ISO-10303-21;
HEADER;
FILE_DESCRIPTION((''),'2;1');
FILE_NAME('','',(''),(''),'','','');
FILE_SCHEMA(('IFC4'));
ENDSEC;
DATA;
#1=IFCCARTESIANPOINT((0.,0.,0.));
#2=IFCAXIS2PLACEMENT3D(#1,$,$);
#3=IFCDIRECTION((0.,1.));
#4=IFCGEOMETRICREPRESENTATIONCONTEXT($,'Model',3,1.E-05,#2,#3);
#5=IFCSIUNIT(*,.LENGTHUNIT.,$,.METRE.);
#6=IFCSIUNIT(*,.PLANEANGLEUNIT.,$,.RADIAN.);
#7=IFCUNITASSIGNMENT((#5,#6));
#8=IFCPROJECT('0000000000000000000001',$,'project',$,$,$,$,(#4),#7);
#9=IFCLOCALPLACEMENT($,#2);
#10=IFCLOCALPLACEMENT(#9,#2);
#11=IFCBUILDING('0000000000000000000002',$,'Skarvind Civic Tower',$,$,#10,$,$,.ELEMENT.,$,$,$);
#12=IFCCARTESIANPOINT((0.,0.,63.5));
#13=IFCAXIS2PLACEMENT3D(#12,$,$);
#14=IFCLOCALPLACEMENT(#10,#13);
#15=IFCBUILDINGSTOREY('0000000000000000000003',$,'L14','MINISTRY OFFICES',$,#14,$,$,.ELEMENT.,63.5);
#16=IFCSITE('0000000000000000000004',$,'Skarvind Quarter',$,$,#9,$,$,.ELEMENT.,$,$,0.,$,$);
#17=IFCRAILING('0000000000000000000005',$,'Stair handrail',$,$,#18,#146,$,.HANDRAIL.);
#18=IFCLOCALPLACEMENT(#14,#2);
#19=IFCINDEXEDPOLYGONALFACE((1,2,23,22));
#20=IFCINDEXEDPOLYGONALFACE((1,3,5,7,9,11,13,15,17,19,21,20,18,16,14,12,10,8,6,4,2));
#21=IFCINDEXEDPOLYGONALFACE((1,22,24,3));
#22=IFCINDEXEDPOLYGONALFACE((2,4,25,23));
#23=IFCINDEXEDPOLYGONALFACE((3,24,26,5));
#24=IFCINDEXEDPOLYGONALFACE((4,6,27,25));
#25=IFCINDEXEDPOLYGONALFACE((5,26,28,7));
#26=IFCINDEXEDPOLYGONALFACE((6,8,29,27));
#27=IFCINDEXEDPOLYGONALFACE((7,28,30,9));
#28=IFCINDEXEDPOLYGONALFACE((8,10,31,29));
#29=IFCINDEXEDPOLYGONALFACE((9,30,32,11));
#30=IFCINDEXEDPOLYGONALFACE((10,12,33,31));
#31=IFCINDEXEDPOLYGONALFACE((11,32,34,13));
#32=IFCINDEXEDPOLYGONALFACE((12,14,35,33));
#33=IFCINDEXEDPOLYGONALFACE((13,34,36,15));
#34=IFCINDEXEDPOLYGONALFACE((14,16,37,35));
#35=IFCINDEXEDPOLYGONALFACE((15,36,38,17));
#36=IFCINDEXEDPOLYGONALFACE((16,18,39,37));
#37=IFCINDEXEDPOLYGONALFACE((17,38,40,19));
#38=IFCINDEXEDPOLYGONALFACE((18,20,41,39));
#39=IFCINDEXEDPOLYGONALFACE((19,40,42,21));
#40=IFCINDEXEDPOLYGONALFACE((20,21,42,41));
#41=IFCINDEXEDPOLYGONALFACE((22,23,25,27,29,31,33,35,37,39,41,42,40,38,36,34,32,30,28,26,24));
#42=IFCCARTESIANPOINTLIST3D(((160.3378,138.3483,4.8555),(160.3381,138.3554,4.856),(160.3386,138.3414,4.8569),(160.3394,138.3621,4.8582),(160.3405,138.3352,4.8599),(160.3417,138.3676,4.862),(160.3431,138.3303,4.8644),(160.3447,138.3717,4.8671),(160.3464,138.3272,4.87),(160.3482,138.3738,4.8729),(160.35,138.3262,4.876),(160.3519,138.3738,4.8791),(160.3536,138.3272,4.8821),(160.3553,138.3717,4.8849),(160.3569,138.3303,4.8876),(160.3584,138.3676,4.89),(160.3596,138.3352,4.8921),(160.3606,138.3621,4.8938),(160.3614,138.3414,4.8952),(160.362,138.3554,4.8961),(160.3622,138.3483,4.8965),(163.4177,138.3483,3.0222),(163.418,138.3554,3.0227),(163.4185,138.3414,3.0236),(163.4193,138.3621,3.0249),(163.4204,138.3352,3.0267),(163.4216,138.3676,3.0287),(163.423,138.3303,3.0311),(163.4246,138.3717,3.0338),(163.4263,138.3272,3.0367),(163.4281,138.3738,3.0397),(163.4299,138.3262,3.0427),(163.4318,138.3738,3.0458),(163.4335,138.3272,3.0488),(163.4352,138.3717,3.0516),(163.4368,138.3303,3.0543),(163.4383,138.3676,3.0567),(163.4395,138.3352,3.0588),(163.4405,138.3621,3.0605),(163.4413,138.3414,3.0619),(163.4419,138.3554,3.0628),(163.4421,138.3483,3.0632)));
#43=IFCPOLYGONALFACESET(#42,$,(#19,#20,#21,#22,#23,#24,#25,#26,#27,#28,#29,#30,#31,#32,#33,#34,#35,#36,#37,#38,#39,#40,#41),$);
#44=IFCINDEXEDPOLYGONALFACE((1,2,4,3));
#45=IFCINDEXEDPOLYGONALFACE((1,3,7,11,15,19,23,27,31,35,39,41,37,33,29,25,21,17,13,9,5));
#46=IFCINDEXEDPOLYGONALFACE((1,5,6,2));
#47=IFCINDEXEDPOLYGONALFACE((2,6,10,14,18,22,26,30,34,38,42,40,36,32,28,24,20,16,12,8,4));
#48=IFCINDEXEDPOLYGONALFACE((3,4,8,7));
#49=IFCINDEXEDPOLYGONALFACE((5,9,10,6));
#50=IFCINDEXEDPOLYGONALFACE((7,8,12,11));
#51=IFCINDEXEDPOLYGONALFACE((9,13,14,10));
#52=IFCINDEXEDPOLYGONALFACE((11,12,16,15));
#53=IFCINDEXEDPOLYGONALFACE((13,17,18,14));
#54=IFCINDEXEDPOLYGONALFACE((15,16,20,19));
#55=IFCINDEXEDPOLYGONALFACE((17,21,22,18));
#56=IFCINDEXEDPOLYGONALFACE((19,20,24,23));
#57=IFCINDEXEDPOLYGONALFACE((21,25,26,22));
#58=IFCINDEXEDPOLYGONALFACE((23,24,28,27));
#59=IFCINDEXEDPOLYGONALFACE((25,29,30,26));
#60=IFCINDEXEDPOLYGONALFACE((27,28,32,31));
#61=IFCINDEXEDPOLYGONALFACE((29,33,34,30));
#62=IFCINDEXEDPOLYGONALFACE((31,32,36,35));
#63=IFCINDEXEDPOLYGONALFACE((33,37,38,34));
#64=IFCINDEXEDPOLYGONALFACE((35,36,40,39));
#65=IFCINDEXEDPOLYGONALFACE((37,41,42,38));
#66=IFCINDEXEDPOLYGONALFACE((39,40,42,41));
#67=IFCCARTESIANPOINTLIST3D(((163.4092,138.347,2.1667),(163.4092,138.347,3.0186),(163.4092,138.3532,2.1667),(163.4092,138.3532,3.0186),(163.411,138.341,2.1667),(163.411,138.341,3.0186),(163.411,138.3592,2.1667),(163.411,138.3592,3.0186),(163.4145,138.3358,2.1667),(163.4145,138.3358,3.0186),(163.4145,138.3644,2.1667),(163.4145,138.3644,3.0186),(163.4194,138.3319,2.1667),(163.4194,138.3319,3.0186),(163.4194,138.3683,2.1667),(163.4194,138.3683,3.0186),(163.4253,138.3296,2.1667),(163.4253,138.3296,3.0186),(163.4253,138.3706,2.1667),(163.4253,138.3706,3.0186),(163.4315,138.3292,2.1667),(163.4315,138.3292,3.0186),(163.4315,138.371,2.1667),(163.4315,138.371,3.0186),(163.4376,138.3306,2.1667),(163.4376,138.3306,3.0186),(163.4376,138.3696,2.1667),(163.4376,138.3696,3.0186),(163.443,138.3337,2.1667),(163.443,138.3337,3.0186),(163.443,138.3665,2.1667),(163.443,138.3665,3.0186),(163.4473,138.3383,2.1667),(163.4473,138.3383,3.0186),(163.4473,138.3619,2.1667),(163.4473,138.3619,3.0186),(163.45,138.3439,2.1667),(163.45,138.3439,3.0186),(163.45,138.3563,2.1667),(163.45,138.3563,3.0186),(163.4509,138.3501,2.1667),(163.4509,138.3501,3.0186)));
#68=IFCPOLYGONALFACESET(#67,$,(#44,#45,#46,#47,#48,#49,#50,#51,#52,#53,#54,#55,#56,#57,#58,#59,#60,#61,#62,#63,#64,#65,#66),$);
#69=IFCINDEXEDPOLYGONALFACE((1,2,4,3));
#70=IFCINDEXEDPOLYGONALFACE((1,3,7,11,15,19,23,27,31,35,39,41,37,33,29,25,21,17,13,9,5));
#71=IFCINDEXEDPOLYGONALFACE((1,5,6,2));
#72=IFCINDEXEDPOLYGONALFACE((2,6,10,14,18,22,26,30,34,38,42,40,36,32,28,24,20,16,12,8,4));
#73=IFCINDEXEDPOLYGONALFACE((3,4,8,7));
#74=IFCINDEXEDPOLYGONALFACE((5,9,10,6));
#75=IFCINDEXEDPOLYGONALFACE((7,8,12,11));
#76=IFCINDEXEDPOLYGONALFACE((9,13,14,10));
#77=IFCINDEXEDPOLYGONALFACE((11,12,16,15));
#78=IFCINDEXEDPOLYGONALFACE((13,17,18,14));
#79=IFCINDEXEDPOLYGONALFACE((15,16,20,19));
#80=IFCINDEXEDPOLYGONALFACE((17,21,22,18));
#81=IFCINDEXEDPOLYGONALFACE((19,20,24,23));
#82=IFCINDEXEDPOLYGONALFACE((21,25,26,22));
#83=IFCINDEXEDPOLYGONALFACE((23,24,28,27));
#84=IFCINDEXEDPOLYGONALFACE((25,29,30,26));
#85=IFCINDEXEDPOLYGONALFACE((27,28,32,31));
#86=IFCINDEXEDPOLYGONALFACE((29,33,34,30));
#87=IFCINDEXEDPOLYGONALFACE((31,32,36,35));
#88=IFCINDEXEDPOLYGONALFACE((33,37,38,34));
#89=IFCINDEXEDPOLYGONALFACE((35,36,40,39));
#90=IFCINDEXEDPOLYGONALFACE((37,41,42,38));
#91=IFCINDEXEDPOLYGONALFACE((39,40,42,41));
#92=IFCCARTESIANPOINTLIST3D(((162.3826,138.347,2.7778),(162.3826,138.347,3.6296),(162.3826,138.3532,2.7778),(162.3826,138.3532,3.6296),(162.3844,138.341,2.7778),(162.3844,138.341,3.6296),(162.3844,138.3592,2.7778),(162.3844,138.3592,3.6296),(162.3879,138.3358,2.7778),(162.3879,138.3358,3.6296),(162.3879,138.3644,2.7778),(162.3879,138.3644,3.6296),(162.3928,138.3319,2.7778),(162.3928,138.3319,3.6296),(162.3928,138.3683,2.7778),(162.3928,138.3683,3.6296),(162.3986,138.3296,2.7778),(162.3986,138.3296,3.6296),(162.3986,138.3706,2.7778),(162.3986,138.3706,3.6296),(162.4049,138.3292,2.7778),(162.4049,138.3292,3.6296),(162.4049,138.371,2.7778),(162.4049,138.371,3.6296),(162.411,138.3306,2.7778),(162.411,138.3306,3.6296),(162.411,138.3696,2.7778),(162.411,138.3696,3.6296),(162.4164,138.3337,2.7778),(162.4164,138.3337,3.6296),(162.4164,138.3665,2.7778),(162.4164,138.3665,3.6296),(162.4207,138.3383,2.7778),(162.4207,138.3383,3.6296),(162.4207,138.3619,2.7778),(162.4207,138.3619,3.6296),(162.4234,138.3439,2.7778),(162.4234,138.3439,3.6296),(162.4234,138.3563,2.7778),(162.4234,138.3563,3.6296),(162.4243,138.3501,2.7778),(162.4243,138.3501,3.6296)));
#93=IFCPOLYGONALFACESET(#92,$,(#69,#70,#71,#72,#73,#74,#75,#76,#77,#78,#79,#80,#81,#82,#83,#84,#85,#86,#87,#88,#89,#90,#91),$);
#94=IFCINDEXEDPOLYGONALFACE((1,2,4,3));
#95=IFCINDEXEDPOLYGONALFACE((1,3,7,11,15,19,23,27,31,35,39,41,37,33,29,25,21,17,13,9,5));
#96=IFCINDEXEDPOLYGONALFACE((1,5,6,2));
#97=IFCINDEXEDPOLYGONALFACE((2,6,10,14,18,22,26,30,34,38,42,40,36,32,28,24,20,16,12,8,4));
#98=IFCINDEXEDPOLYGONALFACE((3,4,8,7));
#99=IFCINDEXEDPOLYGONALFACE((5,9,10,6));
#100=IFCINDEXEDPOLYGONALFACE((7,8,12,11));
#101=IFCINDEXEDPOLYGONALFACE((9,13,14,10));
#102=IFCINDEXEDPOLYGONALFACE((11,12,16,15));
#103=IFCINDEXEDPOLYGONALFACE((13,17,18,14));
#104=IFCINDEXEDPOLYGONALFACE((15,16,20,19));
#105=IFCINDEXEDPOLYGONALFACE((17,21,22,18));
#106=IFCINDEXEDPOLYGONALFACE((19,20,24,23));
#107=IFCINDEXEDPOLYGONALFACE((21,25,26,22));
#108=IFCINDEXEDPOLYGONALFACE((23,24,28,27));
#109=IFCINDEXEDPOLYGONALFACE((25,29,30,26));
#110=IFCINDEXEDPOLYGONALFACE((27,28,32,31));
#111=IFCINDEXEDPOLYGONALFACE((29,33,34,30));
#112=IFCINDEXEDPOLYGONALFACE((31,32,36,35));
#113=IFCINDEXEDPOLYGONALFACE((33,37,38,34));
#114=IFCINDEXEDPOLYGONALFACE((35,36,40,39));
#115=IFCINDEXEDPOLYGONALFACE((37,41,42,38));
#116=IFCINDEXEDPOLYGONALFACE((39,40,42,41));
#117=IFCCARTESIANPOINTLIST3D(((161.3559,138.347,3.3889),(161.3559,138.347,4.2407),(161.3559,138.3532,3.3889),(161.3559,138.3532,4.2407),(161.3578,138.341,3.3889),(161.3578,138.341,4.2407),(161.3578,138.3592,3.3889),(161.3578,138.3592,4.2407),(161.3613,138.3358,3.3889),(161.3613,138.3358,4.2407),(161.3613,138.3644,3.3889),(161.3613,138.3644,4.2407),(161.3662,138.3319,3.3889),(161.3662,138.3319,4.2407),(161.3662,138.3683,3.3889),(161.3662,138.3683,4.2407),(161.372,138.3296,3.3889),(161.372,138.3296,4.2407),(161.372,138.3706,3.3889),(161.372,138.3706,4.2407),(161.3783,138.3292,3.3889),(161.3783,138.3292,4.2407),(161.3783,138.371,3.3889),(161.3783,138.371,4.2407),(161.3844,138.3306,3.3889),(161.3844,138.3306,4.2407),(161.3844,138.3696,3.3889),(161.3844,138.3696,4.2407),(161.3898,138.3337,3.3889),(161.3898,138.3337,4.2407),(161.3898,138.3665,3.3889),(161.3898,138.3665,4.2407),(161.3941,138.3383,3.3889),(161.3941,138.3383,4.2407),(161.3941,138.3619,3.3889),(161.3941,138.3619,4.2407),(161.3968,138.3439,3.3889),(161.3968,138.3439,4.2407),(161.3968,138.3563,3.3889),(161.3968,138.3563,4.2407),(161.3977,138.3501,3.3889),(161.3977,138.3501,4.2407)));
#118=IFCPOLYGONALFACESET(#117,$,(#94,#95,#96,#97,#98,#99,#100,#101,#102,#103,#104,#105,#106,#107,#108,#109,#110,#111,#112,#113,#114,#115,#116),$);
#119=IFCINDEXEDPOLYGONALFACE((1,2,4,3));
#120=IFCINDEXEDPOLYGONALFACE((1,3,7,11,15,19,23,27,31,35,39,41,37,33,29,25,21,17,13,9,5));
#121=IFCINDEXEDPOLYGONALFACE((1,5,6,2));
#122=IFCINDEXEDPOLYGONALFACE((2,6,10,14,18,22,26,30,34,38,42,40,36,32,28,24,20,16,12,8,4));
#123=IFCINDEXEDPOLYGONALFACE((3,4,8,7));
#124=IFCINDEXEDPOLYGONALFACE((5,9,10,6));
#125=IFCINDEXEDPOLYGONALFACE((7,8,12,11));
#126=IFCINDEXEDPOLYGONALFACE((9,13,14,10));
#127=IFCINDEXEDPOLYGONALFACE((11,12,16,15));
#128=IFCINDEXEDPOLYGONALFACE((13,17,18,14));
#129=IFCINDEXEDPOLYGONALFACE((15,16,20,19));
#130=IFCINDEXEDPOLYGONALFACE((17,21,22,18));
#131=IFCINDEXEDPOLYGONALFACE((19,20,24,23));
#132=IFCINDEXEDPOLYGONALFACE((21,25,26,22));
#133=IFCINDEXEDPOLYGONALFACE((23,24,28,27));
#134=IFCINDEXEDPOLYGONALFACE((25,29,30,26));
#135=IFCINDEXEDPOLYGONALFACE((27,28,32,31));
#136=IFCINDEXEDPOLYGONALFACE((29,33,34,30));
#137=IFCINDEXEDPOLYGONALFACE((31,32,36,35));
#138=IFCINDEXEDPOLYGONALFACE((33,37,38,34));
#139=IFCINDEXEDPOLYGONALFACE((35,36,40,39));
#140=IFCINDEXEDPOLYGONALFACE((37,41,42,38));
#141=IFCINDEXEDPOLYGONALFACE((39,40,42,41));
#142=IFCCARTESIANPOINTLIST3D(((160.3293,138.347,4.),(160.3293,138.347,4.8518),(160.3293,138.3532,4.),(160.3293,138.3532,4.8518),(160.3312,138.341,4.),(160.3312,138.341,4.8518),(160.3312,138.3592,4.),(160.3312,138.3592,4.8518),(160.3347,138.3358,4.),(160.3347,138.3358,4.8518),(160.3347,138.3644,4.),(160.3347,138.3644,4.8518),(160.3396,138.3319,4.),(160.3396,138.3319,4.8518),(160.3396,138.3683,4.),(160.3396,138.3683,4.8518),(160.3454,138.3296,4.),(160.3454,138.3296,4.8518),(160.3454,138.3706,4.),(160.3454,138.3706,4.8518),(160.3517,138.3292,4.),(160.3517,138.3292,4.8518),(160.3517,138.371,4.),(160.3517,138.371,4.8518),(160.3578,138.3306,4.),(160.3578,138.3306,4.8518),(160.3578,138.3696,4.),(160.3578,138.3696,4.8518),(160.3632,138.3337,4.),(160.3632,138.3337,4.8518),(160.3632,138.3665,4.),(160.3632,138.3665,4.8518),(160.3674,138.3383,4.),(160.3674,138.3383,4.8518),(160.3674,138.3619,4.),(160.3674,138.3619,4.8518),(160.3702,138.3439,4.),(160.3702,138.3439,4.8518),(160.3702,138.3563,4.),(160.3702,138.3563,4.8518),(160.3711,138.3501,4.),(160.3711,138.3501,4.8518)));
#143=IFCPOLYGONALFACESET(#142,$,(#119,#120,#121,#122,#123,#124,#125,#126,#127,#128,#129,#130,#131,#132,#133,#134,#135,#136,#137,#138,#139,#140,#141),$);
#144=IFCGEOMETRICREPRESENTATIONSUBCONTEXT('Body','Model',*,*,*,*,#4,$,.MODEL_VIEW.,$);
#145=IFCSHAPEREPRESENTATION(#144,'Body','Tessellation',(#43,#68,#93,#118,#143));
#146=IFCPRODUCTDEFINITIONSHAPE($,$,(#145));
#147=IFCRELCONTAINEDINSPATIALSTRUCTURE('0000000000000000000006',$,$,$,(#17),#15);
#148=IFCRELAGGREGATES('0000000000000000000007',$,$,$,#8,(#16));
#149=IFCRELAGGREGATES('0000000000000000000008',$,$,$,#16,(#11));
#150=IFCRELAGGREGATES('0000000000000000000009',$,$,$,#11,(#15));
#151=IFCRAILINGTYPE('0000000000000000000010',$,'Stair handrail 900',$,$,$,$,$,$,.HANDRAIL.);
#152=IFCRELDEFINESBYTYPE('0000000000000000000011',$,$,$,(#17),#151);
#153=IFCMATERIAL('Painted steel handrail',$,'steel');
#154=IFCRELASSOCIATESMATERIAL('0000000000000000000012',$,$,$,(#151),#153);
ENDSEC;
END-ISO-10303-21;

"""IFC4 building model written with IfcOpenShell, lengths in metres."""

from ifc_helpers import new_model, si_unit, direction, frame, origin, origin_2d, place, context, subcontext, project, spatial, circle, extrude, material, type_object, element, save


model = new_model("IFC4")

# Units and contexts
model_context = context("Model", 3, precision=1e-05, world=origin(), true_north=direction((0.0, 1.0)))
body_context = subcontext(model_context, "Body", "Model", "MODEL_VIEW")
ifc_project = project(units=[si_unit("LENGTHUNIT", "METRE"), si_unit("PLANEANGLEUNIT", "RADIAN")], contexts=[model_context])

# Site, building, storey
site_placement = place(None, origin())
site = spatial("IfcSite", under=ifc_project, at=site_placement, Name="Skarvind Quarter", CompositionType="ELEMENT", RefElevation=0.0)
building_placement = place(site_placement, origin())
building = spatial("IfcBuilding", under=site, at=building_placement, Name="Skarvind Civic Tower", CompositionType="ELEMENT")
storey_placement = place(building_placement, frame((0.0, 0.0, 63.5)))
storey = spatial("IfcBuildingStorey", under=building, at=storey_placement, Name="L14", Description="MINISTRY OFFICES", CompositionType="ELEMENT", Elevation=63.5)

# Railing
ifc_material_1 = material(Name="Painted steel handrail", Category="steel")
railing_type = type_object("IfcRailingType", Name="Stair handrail 900", PredefinedType="HANDRAIL", material=ifc_material_1)
railing_1_placement = place(storey_placement, frame((163.4299, 138.3501, 2.1667)))
element("IfcRailing", 1, at=railing_1_placement, inside=storey, type_object=railing_type, Name="Stair handrail", PredefinedType="HANDRAIL", context=body_context, shape_type="SweptSolid", body=[
    extrude(circle(Radius=0.0239, at=origin_2d()), frame((0.0, 0.0, 0.876), z_axis=(-0.859291, 0.0, 0.511487), x_axis=(0.0, -1.0, 0.0)), (0.0, 0.0, 1.0), 3.5842),
    extrude(circle(Radius=0.021, at=origin_2d()), origin(), (0.0, 0.0, 1.0), 0.8518),
    extrude(circle(Radius=0.021, at=origin_2d()), frame((-1.0266, 0.0, 0.6111)), (0.0, 0.0, 1.0), 0.8518),
    extrude(circle(Radius=0.021, at=origin_2d()), frame((-2.0532, 0.0, 1.2222)), (0.0, 0.0, 1.0), 0.8518),
    extrude(circle(Radius=0.021, at=origin_2d()), frame((-3.0798, 0.0, 1.8333)), (0.0, 0.0, 1.0), 0.8518),
])

save(model, "model.ifc")
